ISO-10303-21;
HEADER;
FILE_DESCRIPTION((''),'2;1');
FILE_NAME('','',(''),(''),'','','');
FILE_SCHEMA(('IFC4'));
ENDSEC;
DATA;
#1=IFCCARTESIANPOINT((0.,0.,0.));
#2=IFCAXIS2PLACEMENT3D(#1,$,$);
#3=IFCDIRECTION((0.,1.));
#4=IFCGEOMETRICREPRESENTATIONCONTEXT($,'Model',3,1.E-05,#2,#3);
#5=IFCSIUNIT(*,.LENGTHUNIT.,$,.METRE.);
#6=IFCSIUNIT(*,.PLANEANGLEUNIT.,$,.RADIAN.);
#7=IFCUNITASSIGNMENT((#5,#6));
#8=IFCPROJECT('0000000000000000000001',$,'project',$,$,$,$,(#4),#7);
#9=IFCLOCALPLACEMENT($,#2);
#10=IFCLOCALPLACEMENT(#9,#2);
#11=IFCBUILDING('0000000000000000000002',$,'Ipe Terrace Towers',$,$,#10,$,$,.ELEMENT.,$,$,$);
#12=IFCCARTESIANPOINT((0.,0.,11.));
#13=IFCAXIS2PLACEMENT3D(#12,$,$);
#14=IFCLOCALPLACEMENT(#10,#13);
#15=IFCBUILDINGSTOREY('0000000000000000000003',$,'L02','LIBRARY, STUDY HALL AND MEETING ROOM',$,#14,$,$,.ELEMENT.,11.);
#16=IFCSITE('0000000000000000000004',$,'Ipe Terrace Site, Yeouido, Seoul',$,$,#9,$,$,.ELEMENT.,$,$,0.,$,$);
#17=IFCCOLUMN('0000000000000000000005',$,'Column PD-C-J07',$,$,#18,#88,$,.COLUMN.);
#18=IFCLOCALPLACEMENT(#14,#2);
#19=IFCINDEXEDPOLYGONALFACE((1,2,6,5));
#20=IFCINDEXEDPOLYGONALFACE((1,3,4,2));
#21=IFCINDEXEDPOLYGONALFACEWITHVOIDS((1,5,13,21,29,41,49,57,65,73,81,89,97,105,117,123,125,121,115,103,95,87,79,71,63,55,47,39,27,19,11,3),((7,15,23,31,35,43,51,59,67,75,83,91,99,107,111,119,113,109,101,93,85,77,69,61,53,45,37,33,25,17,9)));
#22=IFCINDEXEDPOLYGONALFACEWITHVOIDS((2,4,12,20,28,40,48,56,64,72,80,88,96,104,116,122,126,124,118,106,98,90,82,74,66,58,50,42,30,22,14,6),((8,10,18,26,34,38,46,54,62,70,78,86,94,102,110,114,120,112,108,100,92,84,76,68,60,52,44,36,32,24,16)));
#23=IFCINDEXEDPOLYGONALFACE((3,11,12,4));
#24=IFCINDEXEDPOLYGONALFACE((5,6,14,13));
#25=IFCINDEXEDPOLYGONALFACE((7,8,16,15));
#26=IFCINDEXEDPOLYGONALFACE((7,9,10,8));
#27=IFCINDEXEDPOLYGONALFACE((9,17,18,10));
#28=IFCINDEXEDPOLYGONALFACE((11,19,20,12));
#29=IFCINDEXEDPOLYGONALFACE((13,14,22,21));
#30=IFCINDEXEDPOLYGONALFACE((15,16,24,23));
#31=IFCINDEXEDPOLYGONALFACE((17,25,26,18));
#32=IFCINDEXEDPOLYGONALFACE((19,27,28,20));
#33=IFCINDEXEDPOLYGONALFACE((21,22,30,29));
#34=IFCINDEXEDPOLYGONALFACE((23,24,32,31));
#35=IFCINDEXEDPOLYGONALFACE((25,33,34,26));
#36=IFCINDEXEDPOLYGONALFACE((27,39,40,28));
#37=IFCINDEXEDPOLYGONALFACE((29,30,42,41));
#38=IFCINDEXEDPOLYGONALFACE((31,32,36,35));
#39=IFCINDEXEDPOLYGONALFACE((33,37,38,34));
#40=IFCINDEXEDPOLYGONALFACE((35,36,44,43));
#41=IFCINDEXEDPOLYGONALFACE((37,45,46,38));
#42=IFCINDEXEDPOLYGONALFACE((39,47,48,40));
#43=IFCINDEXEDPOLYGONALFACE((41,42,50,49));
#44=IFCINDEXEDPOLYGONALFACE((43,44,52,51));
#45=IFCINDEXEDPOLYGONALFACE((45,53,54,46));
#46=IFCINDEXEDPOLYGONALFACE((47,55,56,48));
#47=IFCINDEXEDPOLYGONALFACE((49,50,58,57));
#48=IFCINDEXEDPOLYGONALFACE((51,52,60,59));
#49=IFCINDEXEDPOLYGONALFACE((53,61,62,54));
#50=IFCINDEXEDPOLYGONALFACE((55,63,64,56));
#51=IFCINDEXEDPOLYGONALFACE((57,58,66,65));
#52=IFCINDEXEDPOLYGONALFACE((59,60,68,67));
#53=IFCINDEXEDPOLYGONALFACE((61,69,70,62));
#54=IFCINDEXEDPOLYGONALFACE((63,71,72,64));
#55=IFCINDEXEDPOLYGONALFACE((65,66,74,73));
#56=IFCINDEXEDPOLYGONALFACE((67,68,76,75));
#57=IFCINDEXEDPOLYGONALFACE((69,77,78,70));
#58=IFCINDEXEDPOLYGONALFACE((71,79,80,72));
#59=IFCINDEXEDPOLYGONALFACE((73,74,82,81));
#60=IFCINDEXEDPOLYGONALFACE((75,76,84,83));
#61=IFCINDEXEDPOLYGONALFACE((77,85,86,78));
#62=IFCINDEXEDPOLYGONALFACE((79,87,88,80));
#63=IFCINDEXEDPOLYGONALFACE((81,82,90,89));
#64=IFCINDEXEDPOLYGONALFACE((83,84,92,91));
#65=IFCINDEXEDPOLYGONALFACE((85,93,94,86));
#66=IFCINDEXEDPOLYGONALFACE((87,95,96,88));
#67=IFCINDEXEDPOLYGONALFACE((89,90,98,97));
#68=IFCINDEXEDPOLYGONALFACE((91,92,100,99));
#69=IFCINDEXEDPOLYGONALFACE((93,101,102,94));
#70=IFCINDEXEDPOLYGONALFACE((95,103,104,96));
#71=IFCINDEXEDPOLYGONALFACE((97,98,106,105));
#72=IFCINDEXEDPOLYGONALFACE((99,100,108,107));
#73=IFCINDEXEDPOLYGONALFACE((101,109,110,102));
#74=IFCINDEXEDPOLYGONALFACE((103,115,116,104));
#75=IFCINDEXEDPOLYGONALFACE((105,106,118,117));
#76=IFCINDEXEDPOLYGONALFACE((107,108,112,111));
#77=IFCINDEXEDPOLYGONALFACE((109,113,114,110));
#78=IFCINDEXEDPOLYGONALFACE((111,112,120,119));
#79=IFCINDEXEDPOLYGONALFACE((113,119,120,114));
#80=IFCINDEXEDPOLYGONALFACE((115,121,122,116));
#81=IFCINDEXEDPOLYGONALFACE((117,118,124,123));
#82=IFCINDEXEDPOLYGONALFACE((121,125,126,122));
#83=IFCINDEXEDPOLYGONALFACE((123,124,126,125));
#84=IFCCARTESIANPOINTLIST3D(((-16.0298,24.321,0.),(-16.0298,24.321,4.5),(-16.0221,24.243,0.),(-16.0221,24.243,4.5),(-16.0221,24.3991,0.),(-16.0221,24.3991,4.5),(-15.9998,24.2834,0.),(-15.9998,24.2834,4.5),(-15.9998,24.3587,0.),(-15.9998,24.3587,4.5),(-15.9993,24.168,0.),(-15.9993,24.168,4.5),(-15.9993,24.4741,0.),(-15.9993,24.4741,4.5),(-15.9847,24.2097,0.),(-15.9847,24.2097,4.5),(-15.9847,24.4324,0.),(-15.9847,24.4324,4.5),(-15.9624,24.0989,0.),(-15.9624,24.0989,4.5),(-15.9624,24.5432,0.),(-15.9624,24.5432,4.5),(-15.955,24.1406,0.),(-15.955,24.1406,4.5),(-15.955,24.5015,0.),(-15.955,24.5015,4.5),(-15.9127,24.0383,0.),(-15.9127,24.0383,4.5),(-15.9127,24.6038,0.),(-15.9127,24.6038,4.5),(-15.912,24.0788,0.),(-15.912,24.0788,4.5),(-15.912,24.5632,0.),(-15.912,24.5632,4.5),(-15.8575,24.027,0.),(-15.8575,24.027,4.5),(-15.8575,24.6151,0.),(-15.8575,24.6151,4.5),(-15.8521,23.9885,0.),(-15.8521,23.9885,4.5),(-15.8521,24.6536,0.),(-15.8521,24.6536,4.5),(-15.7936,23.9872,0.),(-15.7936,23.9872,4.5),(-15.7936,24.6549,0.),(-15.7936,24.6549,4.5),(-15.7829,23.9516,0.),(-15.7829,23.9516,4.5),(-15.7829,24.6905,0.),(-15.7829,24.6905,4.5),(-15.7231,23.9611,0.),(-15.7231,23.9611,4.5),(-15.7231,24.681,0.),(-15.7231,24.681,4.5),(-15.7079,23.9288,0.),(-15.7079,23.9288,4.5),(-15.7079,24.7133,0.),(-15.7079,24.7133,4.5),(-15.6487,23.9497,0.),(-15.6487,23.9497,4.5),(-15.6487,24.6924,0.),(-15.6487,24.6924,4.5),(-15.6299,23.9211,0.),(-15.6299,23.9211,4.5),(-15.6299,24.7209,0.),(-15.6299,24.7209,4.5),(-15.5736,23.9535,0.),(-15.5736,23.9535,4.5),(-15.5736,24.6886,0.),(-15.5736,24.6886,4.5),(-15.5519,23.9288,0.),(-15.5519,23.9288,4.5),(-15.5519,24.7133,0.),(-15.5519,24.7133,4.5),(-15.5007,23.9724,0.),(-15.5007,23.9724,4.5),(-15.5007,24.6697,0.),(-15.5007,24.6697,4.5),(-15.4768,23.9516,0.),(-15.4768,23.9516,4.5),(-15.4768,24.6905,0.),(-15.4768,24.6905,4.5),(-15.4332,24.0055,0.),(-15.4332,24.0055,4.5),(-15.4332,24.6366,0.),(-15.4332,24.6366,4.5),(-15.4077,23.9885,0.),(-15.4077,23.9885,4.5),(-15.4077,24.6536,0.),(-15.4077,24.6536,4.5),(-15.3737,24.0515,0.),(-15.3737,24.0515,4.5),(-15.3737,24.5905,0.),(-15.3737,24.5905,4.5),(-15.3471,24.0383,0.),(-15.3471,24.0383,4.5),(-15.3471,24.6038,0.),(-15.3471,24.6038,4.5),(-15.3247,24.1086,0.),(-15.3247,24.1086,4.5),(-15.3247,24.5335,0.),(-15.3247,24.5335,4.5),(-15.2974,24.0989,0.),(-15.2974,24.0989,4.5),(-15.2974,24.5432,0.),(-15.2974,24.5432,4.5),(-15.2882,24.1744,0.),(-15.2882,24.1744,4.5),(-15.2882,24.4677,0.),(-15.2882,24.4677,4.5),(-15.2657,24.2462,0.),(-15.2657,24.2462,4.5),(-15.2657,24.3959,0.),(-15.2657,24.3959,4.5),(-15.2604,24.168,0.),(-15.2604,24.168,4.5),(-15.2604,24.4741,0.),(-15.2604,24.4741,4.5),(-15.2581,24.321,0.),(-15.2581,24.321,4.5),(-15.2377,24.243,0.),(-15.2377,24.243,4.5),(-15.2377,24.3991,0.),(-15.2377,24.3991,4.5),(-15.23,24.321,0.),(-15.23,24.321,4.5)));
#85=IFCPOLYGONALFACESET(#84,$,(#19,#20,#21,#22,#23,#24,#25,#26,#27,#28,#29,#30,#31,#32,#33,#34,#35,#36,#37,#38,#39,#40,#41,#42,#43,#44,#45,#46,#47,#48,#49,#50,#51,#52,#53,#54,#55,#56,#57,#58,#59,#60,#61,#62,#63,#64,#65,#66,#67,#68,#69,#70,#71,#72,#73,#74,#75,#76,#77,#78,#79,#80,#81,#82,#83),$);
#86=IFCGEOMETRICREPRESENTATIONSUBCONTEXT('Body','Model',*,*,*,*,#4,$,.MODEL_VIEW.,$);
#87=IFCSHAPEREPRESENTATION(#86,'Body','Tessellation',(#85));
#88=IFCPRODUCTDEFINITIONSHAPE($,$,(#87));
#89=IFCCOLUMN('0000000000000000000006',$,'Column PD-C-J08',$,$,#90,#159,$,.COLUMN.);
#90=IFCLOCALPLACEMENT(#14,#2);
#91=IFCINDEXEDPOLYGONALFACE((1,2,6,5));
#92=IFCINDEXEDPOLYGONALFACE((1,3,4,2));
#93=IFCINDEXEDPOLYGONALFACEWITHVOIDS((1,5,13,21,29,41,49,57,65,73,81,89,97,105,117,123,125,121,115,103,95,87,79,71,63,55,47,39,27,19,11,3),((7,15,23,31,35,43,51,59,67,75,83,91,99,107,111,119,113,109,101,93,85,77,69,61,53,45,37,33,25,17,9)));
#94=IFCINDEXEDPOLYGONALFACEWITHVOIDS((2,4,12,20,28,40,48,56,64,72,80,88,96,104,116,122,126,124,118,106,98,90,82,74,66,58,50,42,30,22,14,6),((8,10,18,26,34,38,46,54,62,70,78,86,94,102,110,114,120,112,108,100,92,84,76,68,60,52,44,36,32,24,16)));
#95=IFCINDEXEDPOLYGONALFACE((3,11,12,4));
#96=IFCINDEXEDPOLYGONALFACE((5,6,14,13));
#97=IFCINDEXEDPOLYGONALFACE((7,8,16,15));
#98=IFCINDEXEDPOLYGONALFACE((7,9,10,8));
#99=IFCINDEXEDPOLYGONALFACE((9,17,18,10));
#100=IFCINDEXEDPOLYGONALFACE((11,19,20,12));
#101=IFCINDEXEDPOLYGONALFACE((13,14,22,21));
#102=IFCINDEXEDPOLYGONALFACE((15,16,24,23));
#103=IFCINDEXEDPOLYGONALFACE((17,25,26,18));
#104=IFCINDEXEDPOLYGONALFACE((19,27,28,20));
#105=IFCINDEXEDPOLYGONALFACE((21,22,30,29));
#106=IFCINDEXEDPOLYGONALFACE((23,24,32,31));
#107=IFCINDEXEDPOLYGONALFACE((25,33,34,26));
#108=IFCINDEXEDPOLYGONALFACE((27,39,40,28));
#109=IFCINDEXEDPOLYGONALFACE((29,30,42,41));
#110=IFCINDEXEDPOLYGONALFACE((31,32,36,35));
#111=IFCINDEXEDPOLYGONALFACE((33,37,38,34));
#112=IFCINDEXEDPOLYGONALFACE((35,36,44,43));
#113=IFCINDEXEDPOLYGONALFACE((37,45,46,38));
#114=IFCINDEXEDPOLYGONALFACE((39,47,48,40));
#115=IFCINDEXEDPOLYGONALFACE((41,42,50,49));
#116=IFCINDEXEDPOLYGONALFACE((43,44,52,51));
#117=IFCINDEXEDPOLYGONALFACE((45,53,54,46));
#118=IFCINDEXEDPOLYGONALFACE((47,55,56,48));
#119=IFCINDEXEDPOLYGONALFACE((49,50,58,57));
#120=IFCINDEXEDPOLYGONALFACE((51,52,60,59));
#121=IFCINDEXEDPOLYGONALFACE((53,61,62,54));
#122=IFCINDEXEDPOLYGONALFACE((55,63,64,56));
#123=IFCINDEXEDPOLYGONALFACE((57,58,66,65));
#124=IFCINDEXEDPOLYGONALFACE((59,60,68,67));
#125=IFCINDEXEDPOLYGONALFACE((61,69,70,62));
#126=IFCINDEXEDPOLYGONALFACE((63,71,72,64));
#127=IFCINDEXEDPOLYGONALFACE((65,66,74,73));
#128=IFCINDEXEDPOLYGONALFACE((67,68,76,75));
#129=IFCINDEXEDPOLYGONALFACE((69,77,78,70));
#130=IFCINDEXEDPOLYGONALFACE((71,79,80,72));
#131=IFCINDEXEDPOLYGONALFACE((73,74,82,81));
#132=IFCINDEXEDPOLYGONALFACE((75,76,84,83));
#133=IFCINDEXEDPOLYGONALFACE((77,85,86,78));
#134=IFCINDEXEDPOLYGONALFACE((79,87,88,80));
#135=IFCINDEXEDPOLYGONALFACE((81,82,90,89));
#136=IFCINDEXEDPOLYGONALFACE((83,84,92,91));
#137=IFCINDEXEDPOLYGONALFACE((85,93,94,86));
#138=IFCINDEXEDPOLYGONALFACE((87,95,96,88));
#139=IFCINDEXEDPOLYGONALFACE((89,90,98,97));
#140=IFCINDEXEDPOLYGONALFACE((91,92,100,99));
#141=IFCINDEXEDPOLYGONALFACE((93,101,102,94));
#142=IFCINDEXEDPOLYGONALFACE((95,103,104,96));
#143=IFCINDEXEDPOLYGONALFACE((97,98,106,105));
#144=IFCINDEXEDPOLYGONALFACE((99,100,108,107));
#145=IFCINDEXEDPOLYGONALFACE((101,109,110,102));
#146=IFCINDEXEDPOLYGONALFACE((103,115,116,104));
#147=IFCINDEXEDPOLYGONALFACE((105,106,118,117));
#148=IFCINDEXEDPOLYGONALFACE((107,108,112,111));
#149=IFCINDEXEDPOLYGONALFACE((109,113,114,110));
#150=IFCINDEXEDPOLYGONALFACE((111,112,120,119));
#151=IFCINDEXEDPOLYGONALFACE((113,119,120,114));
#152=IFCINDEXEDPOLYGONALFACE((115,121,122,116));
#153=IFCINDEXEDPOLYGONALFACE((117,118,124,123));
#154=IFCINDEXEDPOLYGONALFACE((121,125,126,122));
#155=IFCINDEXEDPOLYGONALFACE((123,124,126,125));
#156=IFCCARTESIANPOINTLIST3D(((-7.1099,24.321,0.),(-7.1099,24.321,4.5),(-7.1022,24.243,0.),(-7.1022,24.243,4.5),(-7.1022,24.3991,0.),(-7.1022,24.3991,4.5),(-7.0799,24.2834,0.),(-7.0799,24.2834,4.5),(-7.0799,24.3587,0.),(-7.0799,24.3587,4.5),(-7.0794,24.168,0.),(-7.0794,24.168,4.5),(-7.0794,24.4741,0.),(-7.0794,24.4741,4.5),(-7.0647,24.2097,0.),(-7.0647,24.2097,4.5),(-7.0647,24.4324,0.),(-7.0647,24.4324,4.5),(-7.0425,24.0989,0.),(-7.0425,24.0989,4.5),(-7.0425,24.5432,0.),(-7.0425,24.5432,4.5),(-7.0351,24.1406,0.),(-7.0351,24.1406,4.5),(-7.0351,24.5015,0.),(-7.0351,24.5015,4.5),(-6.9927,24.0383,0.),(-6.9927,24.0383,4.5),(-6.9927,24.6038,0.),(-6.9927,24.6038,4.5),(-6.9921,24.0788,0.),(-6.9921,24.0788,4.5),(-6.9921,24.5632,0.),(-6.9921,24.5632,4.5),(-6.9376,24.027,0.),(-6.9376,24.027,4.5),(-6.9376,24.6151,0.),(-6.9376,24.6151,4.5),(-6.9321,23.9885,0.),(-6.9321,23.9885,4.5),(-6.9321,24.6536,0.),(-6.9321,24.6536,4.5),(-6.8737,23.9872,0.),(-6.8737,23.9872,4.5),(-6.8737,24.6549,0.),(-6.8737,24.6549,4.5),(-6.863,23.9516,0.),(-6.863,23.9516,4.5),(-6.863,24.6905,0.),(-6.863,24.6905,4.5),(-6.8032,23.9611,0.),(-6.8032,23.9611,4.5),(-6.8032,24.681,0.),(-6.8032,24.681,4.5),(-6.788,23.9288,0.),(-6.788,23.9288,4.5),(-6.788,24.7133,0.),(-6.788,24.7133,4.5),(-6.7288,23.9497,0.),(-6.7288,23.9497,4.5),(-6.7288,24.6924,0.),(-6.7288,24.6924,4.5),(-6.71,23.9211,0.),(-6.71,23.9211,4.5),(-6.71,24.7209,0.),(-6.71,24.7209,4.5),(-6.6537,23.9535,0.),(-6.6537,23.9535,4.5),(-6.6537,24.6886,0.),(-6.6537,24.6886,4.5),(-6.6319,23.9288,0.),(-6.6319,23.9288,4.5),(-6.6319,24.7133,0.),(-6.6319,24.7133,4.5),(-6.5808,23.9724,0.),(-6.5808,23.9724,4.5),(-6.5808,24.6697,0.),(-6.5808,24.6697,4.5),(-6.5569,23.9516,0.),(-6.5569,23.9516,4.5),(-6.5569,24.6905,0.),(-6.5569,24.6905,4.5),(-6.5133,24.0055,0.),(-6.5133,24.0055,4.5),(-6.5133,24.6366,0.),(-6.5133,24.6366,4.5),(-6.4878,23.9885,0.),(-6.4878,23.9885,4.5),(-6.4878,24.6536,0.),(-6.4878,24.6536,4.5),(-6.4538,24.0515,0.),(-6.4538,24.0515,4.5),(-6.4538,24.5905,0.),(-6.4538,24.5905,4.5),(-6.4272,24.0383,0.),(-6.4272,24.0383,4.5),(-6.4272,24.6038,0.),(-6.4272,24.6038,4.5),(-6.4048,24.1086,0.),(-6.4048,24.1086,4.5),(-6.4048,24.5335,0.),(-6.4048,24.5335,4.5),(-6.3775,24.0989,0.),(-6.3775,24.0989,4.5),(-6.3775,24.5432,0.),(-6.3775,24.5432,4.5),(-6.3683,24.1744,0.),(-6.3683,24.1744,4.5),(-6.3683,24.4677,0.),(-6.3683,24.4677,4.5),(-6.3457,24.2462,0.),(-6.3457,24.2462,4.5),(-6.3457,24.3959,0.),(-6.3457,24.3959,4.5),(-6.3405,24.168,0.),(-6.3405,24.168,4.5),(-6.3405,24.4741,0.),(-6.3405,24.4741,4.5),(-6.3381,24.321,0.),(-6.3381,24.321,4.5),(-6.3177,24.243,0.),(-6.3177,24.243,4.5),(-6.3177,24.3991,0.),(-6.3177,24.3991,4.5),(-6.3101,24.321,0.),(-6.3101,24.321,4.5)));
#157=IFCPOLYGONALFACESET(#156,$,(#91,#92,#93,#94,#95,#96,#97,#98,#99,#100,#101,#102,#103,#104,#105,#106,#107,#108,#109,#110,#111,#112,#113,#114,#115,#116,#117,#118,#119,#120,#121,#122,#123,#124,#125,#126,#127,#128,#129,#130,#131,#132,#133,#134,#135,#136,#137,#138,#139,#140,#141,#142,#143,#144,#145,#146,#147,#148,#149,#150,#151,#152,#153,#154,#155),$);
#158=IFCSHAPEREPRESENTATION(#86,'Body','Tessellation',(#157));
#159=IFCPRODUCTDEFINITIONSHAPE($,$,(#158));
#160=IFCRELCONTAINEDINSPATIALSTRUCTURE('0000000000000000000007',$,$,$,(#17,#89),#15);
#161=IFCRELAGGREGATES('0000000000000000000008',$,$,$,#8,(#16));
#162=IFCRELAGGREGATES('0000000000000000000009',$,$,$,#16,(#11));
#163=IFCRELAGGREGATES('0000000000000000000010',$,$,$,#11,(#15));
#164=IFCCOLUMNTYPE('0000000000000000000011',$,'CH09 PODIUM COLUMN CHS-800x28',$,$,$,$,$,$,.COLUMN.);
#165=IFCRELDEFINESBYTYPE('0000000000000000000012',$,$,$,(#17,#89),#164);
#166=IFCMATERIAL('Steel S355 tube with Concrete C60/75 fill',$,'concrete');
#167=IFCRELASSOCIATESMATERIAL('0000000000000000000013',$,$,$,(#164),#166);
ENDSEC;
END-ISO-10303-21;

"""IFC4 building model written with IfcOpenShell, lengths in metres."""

from ifc_helpers import new_model, si_unit, direction, frame, origin, origin_2d, place, context, subcontext, project, spatial, hollow_circle, extrude, material, material_profile, profile_set, type_object, element, save


model = new_model("IFC4")

# Units and contexts
model_context = context("Model", 3, precision=1e-05, world=origin(), true_north=direction((0.0, 1.0)))
body_context = subcontext(model_context, "Body", "Model", "MODEL_VIEW")
ifc_project = project(units=[si_unit("LENGTHUNIT", "METRE"), si_unit("PLANEANGLEUNIT", "RADIAN")], contexts=[model_context])

# Site, building, storey
site_placement = place(None, origin())
site = spatial("IfcSite", under=ifc_project, at=site_placement, Name="Ipe Terrace Site, Yeouido, Seoul", CompositionType="ELEMENT", RefElevation=0.0)
building_placement = place(site_placement, origin())
building = spatial("IfcBuilding", under=site, at=building_placement, Name="Ipe Terrace Towers", CompositionType="ELEMENT")
storey_placement = place(building_placement, frame((0.0, 0.0, 11.0)))
storey = spatial("IfcBuildingStorey", under=building, at=storey_placement, Name="L02", Description="LIBRARY, STUDY HALL AND MEETING ROOM", CompositionType="ELEMENT", Elevation=11.0)

# Columns
ifc_material_1 = material(Name="Steel S355 tube with Concrete C60/75 fill", Category="concrete")
ifc_material_profile_1 = material_profile(ifc_material_1, hollow_circle(Radius=0.3999, WallThickness=0.0281, at=origin_2d()), Name="CHS-800x28")
ifc_profile_set_1 = profile_set([ifc_material_profile_1], Name="Steel S355 tube with Concrete C60/75 fill")
column_type = type_object("IfcColumnType", Name="CH09 PODIUM COLUMN CHS-800x28", PredefinedType="COLUMN", material=ifc_profile_set_1)
for number, where, z_axis, x_axis, name in (
    (1, (-15.6299, 24.321, 0.0), (0.0, 0.0, 1.0), (1.0, 0.0, 0.0), "Column PD-C-J07"),
    (2, (-6.71, 24.321, 0.0), (0.0, 0.0, 1.0), (1.0, 0.0, 0.0), "Column PD-C-J08"),
):
    element("IfcColumn", number, at=place(storey_placement, frame(where, z_axis=z_axis, x_axis=x_axis)), inside=storey, type_object=column_type, Name=name, PredefinedType="COLUMN", context=body_context, shape_type="SweptSolid", body=[
        extrude(hollow_circle(Radius=0.3999, WallThickness=0.0281, at=origin_2d()), origin(), (0.0, 0.0, 1.0), 4.5),
    ])

save(model, "model.ifc")
